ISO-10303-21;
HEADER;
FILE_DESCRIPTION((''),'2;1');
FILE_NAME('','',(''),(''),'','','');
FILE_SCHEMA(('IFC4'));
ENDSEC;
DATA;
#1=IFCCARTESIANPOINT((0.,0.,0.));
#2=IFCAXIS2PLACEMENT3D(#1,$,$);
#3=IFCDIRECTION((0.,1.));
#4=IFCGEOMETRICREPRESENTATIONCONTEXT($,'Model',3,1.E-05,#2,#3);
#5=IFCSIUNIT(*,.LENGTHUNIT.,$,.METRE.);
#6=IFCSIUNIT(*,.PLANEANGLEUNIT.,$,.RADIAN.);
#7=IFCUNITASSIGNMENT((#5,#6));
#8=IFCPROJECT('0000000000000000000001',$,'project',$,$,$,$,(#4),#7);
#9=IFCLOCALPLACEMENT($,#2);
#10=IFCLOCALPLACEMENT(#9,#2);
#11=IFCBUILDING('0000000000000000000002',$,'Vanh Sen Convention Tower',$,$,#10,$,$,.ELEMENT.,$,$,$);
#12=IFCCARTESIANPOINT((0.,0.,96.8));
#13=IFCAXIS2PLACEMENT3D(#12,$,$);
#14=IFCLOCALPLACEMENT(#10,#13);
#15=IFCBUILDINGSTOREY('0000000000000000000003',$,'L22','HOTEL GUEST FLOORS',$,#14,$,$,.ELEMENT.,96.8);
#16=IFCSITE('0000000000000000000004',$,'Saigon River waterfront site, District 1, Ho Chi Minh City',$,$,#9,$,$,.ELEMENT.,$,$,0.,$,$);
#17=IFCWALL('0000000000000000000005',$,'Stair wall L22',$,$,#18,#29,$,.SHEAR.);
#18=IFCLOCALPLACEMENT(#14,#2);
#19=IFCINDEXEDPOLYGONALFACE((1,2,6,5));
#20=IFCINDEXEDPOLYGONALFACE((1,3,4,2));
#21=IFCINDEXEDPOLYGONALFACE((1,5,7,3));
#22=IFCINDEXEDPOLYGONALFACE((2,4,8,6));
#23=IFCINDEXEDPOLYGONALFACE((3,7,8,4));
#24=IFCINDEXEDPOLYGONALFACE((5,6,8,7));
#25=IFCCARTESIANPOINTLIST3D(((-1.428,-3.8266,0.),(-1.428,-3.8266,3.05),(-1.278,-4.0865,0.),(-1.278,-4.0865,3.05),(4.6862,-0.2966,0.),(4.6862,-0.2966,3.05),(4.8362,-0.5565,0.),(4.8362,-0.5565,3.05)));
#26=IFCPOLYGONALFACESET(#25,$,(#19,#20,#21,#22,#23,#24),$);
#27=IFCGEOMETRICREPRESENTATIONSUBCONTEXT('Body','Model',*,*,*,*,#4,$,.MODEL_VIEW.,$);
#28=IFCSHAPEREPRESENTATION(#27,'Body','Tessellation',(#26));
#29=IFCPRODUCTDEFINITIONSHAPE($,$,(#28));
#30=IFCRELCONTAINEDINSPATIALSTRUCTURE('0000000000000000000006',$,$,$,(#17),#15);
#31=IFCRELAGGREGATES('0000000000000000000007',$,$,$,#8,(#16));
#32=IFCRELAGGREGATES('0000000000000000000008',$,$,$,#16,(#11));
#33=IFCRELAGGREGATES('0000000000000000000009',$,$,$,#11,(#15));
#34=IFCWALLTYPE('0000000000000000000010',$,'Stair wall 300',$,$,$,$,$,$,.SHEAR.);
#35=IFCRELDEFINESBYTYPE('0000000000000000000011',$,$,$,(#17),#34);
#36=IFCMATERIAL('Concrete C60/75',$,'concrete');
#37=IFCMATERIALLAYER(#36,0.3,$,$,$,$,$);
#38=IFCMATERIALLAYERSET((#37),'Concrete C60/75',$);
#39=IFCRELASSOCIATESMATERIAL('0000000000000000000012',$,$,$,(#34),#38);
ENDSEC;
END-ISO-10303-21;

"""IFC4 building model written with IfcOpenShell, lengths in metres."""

from ifc_helpers import new_model, si_unit, direction, frame, frame_2d, origin, place, context, subcontext, project, spatial, rectangle, extrude, material, layer, layer_set, type_object, element, save


model = new_model("IFC4")

# Units and contexts
model_context = context("Model", 3, precision=1e-05, world=origin(), true_north=direction((0.0, 1.0)))
body_context = subcontext(model_context, "Body", "Model", "MODEL_VIEW")
ifc_project = project(units=[si_unit("LENGTHUNIT", "METRE"), si_unit("PLANEANGLEUNIT", "RADIAN")], contexts=[model_context])

# Site, building, storey
site_placement = place(None, origin())
site = spatial("IfcSite", under=ifc_project, at=site_placement, Name="Saigon River waterfront site, District 1, Ho Chi Minh City", CompositionType="ELEMENT", RefElevation=0.0)
building_placement = place(site_placement, origin())
building = spatial("IfcBuilding", under=site, at=building_placement, Name="Vanh Sen Convention Tower", CompositionType="ELEMENT")
storey_placement = place(building_placement, frame((0.0, 0.0, 96.8)))
storey = spatial("IfcBuildingStorey", under=building, at=storey_placement, Name="L22", Description="HOTEL GUEST FLOORS", CompositionType="ELEMENT", Elevation=96.8)

# Shared definitions
ifc_material_1 = material(Name="Concrete C60/75", Category="concrete")
ifc_layer_1 = layer(ifc_material_1, 0.3)
ifc_layer_set_1 = layer_set([ifc_layer_1], Name="Concrete C60/75")
wall_type_1 = type_object("IfcWallType", Name="Stair wall 300", PredefinedType="SHEAR", material=ifc_layer_set_1)

# Wall
wall_1_placement = place(storey_placement, frame((-1.353, -3.9565, 0.0), z_axis=(0.0, 0.0, 1.0), x_axis=(0.866028, 0.499996, 0.0)))
element("IfcWall", 1, at=wall_1_placement, inside=storey, type_object=wall_type_1, Name="Stair wall L22", PredefinedType="SHEAR", context=body_context, shape_type="SweptSolid", body=[
    extrude(rectangle(XDim=7.0601, YDim=0.3, at=frame_2d((3.53, 0.0))), origin(), (0.0, 0.0, 1.0), 3.05),
])

save(model, "model.ifc")
